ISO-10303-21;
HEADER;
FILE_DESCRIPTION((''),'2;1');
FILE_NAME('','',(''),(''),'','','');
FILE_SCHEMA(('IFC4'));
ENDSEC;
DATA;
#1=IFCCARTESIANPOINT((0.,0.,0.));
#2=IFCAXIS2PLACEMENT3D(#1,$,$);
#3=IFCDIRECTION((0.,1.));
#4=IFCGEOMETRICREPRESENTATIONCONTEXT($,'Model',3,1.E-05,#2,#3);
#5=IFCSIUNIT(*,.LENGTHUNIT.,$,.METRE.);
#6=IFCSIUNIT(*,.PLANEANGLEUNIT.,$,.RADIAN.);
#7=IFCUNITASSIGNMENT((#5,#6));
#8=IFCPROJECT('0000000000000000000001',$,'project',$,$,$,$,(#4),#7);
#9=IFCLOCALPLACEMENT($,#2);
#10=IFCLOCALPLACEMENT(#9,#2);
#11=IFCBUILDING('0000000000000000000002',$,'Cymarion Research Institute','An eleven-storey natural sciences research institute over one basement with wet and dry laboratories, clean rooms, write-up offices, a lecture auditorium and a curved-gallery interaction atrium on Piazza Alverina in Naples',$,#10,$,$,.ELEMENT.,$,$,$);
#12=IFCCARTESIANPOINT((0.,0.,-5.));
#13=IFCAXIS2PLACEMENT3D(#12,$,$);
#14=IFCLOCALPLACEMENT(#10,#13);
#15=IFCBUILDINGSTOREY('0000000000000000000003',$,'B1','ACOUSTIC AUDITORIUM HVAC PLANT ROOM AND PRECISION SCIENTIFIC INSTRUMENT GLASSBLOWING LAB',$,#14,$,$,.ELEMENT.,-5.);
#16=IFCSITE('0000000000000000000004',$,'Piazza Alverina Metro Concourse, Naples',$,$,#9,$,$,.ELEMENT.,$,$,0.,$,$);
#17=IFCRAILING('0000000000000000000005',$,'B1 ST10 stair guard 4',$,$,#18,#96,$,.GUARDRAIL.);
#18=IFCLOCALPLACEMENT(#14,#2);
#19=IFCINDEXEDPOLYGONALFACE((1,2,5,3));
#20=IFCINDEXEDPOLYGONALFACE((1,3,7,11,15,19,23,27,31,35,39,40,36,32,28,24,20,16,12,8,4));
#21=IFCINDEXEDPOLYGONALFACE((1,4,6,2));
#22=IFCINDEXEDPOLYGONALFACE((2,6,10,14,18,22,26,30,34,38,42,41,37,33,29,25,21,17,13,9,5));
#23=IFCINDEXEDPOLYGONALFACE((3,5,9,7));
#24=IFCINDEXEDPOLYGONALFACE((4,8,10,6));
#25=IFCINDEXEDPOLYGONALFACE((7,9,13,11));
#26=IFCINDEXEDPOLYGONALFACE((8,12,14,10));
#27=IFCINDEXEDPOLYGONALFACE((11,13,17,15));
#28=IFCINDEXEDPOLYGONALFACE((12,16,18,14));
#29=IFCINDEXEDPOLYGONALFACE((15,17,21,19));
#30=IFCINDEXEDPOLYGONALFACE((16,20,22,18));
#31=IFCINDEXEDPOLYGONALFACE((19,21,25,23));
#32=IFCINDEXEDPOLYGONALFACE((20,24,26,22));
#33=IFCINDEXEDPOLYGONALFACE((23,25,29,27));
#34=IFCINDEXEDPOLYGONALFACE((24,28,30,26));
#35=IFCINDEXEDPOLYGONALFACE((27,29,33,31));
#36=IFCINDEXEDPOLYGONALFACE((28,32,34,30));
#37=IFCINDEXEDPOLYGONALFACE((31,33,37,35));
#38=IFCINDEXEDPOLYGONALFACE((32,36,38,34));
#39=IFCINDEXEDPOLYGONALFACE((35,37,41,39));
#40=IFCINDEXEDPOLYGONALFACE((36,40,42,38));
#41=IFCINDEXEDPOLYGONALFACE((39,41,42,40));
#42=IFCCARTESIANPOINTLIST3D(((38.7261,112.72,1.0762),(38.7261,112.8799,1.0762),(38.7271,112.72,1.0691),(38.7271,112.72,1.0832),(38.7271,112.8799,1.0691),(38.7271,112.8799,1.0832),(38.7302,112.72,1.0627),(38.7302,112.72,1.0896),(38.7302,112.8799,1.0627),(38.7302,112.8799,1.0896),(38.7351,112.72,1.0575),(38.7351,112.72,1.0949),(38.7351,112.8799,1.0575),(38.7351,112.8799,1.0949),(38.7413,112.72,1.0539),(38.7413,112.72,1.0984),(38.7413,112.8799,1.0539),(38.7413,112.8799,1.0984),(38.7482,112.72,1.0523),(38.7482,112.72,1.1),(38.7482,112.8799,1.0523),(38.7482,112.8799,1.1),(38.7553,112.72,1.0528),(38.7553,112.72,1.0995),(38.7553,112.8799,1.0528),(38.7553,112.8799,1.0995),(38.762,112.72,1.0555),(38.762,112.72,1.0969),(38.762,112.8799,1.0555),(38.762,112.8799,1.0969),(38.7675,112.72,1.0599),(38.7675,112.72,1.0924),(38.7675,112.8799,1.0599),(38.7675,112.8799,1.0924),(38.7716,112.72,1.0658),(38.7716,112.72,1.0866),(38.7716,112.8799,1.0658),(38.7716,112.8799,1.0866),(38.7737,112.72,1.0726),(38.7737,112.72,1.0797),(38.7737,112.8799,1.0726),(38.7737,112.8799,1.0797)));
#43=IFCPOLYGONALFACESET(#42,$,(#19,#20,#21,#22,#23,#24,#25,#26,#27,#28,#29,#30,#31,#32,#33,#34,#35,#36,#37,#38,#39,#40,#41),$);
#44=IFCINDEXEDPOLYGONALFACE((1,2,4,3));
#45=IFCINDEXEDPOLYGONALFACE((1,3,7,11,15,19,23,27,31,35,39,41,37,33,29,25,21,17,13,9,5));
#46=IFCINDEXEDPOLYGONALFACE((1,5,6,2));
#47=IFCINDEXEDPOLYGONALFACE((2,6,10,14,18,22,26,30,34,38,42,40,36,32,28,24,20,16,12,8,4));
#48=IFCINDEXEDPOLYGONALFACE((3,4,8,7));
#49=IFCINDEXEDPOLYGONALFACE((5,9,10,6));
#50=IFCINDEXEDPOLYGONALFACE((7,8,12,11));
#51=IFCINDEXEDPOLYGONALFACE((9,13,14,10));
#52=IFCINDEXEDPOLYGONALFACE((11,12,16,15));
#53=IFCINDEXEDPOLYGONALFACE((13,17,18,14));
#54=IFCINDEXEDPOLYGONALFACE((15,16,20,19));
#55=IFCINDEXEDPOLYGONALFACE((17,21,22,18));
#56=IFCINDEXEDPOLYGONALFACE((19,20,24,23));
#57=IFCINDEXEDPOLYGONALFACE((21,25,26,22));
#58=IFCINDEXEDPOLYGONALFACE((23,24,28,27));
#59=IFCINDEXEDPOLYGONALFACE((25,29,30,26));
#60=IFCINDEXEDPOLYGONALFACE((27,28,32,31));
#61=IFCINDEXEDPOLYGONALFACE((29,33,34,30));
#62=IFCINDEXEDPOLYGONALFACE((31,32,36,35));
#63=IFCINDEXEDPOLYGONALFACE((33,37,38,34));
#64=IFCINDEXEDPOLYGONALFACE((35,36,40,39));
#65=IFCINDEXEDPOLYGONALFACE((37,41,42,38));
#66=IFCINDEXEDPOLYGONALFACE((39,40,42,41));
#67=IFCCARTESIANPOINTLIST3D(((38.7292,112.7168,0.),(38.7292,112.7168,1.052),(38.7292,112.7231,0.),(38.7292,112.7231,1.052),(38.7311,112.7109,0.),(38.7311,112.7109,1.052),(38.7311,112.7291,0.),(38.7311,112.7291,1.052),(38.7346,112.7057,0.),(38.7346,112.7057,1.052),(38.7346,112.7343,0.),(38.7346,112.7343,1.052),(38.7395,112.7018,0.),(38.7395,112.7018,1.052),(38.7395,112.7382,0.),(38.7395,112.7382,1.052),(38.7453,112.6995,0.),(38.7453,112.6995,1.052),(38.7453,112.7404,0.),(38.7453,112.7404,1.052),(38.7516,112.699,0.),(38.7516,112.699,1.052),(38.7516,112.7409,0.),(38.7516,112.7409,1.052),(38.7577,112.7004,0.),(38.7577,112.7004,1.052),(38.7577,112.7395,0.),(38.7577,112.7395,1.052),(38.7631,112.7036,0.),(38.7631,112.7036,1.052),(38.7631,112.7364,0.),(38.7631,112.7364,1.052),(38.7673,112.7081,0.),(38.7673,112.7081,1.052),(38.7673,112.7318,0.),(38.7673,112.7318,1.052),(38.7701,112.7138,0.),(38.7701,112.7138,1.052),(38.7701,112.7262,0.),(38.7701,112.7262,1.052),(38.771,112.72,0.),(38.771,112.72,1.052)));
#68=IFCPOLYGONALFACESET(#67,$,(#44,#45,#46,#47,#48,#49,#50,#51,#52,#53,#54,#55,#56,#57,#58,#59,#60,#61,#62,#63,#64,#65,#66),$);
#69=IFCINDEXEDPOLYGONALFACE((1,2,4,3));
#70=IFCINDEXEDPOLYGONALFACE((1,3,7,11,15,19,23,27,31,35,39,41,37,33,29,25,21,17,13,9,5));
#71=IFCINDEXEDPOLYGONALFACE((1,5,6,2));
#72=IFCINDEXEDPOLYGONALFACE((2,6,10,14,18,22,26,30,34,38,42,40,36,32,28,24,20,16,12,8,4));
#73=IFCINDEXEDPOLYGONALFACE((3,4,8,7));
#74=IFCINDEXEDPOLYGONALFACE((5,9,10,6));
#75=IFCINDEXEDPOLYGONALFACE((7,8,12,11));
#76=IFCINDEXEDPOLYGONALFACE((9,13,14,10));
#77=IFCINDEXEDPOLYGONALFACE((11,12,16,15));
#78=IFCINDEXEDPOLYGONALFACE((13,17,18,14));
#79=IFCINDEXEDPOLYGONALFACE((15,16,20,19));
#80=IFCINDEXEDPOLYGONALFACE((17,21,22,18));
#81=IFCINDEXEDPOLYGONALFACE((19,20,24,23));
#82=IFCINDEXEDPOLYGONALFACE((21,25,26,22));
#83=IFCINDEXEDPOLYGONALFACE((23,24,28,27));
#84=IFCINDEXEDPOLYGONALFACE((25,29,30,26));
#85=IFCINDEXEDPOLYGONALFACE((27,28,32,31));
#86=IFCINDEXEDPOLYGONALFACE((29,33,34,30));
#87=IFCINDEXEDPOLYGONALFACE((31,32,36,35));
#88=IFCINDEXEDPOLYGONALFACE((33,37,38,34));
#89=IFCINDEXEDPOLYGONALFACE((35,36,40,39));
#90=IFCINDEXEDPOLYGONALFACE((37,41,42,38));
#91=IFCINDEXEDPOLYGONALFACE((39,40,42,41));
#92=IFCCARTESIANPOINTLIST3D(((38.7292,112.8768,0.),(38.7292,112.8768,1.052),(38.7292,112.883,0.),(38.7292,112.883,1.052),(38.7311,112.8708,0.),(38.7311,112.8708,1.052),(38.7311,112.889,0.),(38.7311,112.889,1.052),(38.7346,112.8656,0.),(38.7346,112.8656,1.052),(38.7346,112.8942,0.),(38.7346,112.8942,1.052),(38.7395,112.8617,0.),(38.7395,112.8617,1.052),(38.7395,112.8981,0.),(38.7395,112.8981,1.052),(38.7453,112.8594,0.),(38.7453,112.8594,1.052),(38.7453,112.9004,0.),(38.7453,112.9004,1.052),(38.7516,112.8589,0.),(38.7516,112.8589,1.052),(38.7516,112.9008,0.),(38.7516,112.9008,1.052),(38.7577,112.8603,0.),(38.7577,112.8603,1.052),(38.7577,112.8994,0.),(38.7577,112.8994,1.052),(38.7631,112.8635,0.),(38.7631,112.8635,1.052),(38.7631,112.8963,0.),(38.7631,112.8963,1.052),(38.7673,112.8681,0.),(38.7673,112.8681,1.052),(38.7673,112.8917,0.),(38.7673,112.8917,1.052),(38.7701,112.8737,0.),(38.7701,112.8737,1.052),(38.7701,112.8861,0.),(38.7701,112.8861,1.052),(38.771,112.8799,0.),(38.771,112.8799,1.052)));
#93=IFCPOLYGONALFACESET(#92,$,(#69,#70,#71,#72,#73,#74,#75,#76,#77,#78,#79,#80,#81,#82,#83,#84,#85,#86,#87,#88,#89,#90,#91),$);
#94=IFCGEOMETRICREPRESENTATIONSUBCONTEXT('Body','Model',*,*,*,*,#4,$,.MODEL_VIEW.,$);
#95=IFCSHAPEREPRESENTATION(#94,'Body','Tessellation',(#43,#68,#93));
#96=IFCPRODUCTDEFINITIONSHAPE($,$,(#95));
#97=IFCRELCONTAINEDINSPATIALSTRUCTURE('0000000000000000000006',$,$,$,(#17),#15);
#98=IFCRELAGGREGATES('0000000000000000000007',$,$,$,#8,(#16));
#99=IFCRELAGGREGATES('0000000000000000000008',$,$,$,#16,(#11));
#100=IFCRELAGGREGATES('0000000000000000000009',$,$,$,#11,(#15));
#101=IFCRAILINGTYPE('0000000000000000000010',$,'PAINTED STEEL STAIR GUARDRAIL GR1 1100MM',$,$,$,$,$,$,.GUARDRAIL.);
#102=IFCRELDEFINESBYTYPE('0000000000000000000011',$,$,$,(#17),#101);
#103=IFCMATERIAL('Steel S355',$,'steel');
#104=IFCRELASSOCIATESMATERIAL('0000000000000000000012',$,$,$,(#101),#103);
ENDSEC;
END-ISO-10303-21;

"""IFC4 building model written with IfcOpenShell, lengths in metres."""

from ifc_helpers import new_model, si_unit, direction, frame, origin, origin_2d, place, context, subcontext, project, spatial, circle, extrude, material, type_object, element, save


model = new_model("IFC4")

# Units and contexts
model_context = context("Model", 3, precision=1e-05, world=origin(), true_north=direction((0.0, 1.0)))
body_context = subcontext(model_context, "Body", "Model", "MODEL_VIEW")
ifc_project = project(units=[si_unit("LENGTHUNIT", "METRE"), si_unit("PLANEANGLEUNIT", "RADIAN")], contexts=[model_context])

# Site, building, storey
site_placement = place(None, origin())
site = spatial("IfcSite", under=ifc_project, at=site_placement, Name="Piazza Alverina Metro Concourse, Naples", CompositionType="ELEMENT", RefElevation=0.0)
building_placement = place(site_placement, origin())
building = spatial("IfcBuilding", under=site, at=building_placement, Name="Cymarion Research Institute", Description="An eleven-storey natural sciences research institute over one basement with wet and dry laboratories, clean rooms, write-up offices, a lecture auditorium and a curved-gallery interaction atrium on Piazza Alverina in Naples", CompositionType="ELEMENT")
storey_placement = place(building_placement, frame((0.0, 0.0, -5.0)))
storey = spatial("IfcBuildingStorey", under=building, at=storey_placement, Name="B1", Description="ACOUSTIC AUDITORIUM HVAC PLANT ROOM AND PRECISION SCIENTIFIC INSTRUMENT GLASSBLOWING LAB", CompositionType="ELEMENT", Elevation=-5.0)

# Shared definitions
ifc_material_1 = material(Name="Steel S355", Category="steel")

# Railing
railing_type_1 = type_object("IfcRailingType", Name="PAINTED STEEL STAIR GUARDRAIL GR1 1100MM", PredefinedType="GUARDRAIL", material=ifc_material_1)
railing_1_placement = place(storey_placement, frame((38.75, 112.72, 0.0)))
element("IfcRailing", 1, at=railing_1_placement, inside=storey, type_object=railing_type_1, Name="B1 ST10 stair guard 4", PredefinedType="GUARDRAIL", context=body_context, shape_type="SweptSolid", body=[
    extrude(circle(Radius=0.0239, at=origin_2d()), frame((0.0, 0.0, 1.0762), z_axis=(0.0, 1.0, 0.0), x_axis=(-1.0, 0.0, 0.0)), (0.0, 0.0, 1.0), 0.1599),
    extrude(circle(Radius=0.021, at=origin_2d()), origin(), (0.0, 0.0, 1.0), 1.052),
    extrude(circle(Radius=0.021, at=origin_2d()), frame((0.0, 0.1599, 0.0)), (0.0, 0.0, 1.0), 1.052),
])

save(model, "model.ifc")
